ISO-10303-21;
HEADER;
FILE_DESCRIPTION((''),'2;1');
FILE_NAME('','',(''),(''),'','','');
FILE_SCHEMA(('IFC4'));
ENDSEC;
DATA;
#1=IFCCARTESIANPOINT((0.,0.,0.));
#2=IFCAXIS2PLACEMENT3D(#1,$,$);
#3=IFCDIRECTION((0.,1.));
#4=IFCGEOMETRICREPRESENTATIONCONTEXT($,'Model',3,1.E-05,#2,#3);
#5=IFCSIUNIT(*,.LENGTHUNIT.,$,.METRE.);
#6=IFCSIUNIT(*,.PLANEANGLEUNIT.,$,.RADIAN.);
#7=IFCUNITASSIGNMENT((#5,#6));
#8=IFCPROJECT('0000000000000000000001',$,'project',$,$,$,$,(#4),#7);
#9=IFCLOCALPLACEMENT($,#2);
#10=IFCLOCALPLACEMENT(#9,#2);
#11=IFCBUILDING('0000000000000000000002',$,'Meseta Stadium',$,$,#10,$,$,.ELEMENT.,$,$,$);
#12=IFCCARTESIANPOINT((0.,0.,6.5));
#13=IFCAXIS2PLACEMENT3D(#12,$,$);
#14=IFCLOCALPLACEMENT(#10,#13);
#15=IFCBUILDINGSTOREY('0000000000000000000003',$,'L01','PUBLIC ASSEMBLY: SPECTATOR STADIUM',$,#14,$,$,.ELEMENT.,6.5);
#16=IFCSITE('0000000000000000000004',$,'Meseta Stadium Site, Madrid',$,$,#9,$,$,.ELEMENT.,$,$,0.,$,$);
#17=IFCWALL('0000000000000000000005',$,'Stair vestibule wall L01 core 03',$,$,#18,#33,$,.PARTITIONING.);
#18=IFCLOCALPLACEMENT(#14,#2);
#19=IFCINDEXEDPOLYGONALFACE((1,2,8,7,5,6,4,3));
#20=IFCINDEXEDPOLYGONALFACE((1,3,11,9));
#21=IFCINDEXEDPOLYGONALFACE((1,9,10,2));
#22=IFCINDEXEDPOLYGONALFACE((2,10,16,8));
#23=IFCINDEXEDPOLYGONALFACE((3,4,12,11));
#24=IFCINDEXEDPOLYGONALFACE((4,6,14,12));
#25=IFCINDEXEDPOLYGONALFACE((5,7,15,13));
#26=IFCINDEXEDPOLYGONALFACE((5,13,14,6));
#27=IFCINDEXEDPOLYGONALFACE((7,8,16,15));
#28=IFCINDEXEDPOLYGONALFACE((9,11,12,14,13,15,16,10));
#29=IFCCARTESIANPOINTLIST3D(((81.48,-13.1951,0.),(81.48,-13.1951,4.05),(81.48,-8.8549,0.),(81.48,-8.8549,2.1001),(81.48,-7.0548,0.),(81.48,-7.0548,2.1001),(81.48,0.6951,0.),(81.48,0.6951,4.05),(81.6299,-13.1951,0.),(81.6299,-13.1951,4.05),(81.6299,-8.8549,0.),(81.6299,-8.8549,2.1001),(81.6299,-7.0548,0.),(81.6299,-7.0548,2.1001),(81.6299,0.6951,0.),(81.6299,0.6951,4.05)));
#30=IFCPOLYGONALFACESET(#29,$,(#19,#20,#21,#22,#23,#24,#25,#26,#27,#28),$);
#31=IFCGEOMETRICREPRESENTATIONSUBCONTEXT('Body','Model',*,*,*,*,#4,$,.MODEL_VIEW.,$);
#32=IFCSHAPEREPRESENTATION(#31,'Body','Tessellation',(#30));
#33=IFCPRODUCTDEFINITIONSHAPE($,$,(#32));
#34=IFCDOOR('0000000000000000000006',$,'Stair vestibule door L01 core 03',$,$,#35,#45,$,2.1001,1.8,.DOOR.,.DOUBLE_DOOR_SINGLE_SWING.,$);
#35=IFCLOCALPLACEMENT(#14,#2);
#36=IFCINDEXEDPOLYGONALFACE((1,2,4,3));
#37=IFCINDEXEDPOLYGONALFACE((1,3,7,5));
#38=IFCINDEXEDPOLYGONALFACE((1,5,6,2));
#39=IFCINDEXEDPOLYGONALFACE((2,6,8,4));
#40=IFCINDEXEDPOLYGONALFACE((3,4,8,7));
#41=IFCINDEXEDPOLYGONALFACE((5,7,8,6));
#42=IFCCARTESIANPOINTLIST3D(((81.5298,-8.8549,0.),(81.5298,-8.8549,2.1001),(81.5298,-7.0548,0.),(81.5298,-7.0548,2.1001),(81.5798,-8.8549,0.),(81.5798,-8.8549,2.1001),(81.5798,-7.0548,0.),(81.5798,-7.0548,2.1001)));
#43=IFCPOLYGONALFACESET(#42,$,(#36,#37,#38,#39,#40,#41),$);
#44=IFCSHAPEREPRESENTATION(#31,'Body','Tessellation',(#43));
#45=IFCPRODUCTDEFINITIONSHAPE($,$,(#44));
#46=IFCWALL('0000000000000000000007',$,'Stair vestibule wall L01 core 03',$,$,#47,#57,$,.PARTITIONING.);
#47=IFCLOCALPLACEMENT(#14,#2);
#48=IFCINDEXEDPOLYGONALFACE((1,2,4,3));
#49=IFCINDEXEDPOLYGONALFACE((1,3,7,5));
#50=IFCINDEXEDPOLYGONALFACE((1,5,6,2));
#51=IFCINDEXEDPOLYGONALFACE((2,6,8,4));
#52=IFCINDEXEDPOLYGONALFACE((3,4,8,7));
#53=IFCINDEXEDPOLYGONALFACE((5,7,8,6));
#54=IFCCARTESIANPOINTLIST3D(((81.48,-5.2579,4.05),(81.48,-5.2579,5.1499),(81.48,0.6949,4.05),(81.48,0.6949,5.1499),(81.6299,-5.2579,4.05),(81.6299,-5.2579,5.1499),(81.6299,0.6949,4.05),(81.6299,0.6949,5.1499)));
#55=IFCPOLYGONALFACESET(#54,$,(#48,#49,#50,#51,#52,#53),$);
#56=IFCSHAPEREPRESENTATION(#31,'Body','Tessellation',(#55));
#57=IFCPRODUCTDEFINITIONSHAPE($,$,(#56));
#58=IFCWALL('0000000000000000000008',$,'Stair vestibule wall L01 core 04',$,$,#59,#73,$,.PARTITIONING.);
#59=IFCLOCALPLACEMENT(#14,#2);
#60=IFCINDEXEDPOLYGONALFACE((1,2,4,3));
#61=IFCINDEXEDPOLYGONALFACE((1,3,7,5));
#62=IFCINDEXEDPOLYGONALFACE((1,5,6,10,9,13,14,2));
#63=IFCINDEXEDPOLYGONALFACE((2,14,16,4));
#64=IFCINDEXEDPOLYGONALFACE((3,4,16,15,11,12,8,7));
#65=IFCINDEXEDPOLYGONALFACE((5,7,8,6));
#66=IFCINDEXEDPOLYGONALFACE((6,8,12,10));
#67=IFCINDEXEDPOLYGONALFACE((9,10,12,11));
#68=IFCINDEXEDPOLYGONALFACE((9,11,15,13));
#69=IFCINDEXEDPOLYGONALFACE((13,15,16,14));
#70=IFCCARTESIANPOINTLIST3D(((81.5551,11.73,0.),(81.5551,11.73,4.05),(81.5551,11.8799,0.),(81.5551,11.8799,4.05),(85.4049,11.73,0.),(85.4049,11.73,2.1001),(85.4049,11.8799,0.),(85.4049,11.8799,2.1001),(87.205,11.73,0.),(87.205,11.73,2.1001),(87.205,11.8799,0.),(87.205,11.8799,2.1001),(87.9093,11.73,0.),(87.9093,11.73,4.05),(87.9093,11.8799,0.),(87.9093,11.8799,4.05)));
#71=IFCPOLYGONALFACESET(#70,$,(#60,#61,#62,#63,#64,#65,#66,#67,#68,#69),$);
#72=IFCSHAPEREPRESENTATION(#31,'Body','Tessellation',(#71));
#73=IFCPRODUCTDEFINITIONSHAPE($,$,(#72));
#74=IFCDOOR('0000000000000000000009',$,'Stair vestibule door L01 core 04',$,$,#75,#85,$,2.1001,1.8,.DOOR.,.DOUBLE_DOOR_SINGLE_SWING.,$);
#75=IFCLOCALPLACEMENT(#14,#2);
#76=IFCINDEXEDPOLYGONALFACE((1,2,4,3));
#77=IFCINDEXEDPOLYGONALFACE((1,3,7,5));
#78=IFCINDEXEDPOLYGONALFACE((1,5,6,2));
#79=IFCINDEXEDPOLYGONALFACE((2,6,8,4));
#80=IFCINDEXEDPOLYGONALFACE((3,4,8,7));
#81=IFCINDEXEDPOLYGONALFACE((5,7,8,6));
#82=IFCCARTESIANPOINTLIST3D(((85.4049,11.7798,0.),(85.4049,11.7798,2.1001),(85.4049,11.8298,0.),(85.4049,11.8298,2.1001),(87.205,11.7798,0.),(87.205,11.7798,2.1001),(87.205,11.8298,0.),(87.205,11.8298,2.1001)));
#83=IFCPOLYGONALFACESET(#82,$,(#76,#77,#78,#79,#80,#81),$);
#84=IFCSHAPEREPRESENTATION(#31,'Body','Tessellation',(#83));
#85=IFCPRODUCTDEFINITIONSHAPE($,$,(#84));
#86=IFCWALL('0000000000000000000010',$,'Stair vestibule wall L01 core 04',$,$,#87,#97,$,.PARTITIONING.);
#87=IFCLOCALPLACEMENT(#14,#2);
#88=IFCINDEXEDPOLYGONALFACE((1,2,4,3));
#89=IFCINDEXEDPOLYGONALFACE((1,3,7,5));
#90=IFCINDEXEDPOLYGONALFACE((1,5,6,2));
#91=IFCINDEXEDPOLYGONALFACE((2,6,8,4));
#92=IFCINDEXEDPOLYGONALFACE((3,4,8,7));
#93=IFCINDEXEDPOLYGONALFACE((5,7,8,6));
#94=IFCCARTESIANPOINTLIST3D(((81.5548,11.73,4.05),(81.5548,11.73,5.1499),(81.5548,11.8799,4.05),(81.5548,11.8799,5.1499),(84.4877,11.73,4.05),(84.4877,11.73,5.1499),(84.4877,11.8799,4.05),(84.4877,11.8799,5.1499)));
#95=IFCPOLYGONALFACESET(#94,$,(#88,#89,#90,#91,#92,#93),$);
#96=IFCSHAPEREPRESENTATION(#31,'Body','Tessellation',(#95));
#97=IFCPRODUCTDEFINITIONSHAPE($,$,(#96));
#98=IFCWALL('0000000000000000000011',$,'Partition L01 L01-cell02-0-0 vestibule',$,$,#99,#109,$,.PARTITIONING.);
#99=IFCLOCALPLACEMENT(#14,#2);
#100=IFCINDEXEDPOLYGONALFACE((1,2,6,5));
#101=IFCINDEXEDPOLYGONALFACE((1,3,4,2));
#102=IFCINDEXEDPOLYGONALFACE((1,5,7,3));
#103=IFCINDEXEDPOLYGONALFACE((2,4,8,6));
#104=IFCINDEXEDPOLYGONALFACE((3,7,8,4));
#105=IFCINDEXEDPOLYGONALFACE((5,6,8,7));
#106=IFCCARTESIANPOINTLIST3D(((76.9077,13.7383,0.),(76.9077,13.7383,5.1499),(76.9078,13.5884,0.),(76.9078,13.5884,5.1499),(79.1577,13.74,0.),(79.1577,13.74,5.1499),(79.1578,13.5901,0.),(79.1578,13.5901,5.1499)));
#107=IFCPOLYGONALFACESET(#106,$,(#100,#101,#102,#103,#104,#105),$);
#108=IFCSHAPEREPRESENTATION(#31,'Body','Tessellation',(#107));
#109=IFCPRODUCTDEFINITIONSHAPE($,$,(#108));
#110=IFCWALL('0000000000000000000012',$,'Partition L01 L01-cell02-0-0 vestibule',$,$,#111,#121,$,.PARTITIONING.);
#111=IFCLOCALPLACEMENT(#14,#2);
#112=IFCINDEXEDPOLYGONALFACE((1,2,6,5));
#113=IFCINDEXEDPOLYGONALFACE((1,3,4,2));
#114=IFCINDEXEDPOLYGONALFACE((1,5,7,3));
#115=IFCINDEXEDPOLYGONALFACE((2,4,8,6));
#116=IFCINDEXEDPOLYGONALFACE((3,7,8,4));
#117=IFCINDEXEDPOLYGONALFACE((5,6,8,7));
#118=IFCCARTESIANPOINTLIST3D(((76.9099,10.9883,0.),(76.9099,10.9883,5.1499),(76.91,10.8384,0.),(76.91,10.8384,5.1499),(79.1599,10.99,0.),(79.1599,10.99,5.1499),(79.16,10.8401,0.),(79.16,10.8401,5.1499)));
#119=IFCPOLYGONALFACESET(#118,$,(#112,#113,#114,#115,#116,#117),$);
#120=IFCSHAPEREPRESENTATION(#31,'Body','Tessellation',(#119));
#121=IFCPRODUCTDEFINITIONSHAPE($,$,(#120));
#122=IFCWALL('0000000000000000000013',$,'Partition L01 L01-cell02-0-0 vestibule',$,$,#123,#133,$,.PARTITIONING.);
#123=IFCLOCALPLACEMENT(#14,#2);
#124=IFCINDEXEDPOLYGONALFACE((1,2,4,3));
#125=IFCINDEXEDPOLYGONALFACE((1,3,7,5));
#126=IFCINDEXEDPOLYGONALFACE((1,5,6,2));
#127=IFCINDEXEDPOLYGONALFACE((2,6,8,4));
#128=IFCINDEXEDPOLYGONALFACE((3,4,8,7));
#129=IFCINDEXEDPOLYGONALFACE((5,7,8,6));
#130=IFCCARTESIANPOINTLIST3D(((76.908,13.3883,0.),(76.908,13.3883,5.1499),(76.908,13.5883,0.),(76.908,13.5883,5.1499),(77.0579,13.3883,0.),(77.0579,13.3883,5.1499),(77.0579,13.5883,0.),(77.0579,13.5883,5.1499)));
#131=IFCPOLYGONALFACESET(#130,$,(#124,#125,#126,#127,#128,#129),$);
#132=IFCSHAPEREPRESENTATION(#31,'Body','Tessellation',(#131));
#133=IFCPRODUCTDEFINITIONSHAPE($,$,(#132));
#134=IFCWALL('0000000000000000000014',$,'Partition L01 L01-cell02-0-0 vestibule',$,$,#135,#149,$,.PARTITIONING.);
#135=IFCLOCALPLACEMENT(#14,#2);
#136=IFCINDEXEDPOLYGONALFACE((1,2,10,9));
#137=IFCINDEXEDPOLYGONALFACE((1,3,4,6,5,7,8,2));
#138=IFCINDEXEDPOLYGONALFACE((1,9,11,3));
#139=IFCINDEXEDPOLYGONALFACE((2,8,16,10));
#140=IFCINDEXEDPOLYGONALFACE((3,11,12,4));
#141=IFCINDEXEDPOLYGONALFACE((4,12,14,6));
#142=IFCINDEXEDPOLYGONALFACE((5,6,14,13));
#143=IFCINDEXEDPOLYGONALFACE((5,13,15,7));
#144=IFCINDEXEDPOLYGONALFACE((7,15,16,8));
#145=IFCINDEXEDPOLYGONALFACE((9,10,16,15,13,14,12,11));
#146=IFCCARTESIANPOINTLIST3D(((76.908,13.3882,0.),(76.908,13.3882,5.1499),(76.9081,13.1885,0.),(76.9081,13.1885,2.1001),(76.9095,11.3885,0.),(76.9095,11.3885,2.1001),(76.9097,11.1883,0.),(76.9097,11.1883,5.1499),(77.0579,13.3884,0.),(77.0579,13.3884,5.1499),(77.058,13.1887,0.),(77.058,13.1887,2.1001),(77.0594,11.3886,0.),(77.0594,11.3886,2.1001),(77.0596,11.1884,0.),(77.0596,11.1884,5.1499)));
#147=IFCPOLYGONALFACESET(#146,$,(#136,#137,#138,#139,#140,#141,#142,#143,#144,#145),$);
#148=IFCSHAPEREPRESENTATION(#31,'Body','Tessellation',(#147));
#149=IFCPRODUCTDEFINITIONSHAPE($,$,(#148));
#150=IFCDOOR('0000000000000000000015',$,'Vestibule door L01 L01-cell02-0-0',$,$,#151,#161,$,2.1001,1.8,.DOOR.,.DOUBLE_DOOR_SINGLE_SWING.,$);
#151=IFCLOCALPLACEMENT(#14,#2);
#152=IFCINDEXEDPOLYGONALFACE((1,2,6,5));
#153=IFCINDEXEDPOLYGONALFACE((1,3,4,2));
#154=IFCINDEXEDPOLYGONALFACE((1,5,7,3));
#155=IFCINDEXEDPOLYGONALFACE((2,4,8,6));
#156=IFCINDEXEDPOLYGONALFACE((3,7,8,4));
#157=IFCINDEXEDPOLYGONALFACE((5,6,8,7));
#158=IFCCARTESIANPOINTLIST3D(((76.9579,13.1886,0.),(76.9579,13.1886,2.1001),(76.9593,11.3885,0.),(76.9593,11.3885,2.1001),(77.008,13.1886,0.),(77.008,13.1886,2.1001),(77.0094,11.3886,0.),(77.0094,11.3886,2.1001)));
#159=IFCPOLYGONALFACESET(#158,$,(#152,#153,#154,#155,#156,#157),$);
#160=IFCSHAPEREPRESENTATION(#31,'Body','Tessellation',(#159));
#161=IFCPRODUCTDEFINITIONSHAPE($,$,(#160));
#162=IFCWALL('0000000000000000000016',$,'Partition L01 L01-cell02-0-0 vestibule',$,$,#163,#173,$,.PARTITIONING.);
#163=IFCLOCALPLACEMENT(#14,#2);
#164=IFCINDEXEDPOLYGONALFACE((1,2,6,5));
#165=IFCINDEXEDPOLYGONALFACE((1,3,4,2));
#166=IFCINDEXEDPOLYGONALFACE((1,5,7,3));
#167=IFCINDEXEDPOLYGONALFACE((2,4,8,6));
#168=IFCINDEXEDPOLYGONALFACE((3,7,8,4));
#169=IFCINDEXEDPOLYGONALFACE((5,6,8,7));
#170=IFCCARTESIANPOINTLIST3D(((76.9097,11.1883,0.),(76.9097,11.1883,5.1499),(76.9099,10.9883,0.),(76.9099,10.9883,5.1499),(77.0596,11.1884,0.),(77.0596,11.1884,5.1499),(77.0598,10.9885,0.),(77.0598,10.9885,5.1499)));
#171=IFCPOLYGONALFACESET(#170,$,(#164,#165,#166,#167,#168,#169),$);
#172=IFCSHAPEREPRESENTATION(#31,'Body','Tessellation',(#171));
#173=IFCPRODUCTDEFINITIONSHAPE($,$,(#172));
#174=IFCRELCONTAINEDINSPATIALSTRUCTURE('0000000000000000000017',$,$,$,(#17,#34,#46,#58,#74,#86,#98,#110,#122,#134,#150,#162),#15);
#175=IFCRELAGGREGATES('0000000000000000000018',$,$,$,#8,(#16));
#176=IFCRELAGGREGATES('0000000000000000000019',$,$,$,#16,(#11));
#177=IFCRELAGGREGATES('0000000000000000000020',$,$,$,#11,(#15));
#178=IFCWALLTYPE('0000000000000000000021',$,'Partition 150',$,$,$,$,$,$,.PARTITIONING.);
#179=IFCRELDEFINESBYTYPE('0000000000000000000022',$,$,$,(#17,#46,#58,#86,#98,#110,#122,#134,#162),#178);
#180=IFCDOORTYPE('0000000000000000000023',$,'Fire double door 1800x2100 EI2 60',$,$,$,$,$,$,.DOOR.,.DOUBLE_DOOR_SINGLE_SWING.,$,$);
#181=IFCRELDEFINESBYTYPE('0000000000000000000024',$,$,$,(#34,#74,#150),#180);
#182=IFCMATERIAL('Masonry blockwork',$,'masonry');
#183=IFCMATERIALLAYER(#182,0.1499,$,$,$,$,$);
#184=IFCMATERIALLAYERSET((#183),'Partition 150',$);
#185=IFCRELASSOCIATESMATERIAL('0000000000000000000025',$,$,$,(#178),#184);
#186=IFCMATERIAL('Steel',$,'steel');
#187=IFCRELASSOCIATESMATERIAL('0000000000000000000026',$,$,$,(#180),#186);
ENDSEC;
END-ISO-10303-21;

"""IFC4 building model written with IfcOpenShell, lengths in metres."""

from ifc_helpers import new_model, si_unit, direction, frame, frame_2d, origin, place, context, subcontext, project, spatial, rectangle, extrude, material, layer, layer_set, type_object, element, fill, save


model = new_model("IFC4")

# Units and contexts
model_context = context("Model", 3, precision=1e-05, world=origin(), true_north=direction((0.0, 1.0)))
body_context = subcontext(model_context, "Body", "Model", "MODEL_VIEW")
ifc_project = project(units=[si_unit("LENGTHUNIT", "METRE"), si_unit("PLANEANGLEUNIT", "RADIAN")], contexts=[model_context])

# Site, building, storey
site_placement = place(None, origin())
site = spatial("IfcSite", under=ifc_project, at=site_placement, Name="Meseta Stadium Site, Madrid", CompositionType="ELEMENT", RefElevation=0.0)
building_placement = place(site_placement, origin())
building = spatial("IfcBuilding", under=site, at=building_placement, Name="Meseta Stadium", CompositionType="ELEMENT")
storey_placement = place(building_placement, frame((0.0, 0.0, 6.5)))
storey = spatial("IfcBuildingStorey", under=building, at=storey_placement, Name="L01", Description="PUBLIC ASSEMBLY: SPECTATOR STADIUM", CompositionType="ELEMENT", Elevation=6.5)

# Shared definitions
ifc_material_1 = material(Name="Masonry blockwork", Category="masonry")
ifc_layer = layer(ifc_material_1, 0.1499)
ifc_layer_set = layer_set([ifc_layer], Name="Partition 150")
wall_type = type_object("IfcWallType", Name="Partition 150", PredefinedType="PARTITIONING", material=ifc_layer_set)

# Wall, opening, door
wall_1_placement = place(storey_placement, frame((81.5549, 0.6951, 0.0), z_axis=(0.0, 0.0, 1.0), x_axis=(0.0, -1.0, 0.0)))
wall_1 = element("IfcWall", 1, at=wall_1_placement, inside=storey, type_object=wall_type, Name="Stair vestibule wall L01 core 03", PredefinedType="PARTITIONING", context=body_context, shape_type="SweptSolid", body=[
    extrude(rectangle(XDim=13.8901, YDim=0.1499, at=frame_2d((6.9451, 0.0))), origin(), (0.0, 0.0, 1.0), 4.05),
])
opening_1_placement = place(wall_1_placement, frame((7.75, 0.0, 0.0)))
opening_1 = element("IfcOpeningElement", 2, at=opening_1_placement, cuts=wall_1, PredefinedType="OPENING", context=body_context, shape_type="SweptSolid", body=[
    extrude(rectangle(XDim=1.8, YDim=2.1001, at=frame_2d((0.8999, 1.05))), frame((0.0, 0.085, 0.0), z_axis=(0.0, -1.0, 0.0), x_axis=(1.0, 0.0, 0.0)), (0.0, 0.0, 1.0), 0.1699),
])
ifc_material_2 = material(Name="Steel", Category="steel")
door_type = type_object("IfcDoorType", Name="Fire double door 1800x2100 EI2 60", OperationType="DOUBLE_DOOR_SINGLE_SWING", PredefinedType="DOOR", material=ifc_material_2)
door_1_placement = place(opening_1_placement, origin())
door_1 = element("IfcDoor", 3, at=door_1_placement, inside=storey, type_object=door_type, Name="Stair vestibule door L01 core 03", OperationType="DOUBLE_DOOR_SINGLE_SWING", OverallHeight=2.1001, OverallWidth=1.8, PredefinedType="DOOR", context=body_context, shape_type="SweptSolid", body=[
    extrude(rectangle(XDim=1.8, YDim=2.1001, at=frame_2d((0.8999, 1.05))), frame((0.0, 0.0249, 0.0), z_axis=(0.0, -1.0, 0.0), x_axis=(1.0, 0.0, 0.0)), (0.0, 0.0, 1.0), 0.05),
])
fill(opening_1, door_1)

# Wall
wall_2_placement = place(storey_placement, frame((81.5549, 0.6951, 4.05), z_axis=(0.0, 0.0, 1.0), x_axis=(0.0, -1.0, 0.0)))
element("IfcWall", 4, at=wall_2_placement, inside=storey, type_object=wall_type, Name="Stair vestibule wall L01 core 03", PredefinedType="PARTITIONING", context=body_context, shape_type="SweptSolid", body=[
    extrude(rectangle(XDim=5.9529, YDim=0.1499, at=frame_2d((2.9766, 0.0))), origin(), (0.0, 0.0, 1.0), 1.0999),
])

# Wall, opening, door
wall_3_placement = place(storey_placement, frame((81.5549, 11.8049, 0.0), z_axis=(0.0, 0.0, 1.0), x_axis=(1.0, 0.0, 0.0)))
wall_3 = element("IfcWall", 5, at=wall_3_placement, inside=storey, type_object=wall_type, Name="Stair vestibule wall L01 core 04", PredefinedType="PARTITIONING", context=body_context, shape_type="SweptSolid", body=[
    extrude(rectangle(XDim=6.3542, YDim=0.1499, at=frame_2d((3.1772, 0.0))), origin(), (0.0, 0.0, 1.0), 4.05),
])
opening_2_placement = place(wall_3_placement, frame((3.8501, 0.0, 0.0)))
opening_2 = element("IfcOpeningElement", 6, at=opening_2_placement, cuts=wall_3, PredefinedType="OPENING", context=body_context, shape_type="SweptSolid", body=[
    extrude(rectangle(XDim=1.8, YDim=2.1001, at=frame_2d((0.8999, 1.05))), frame((0.0, 0.085, 0.0), z_axis=(0.0, -1.0, 0.0), x_axis=(1.0, 0.0, 0.0)), (0.0, 0.0, 1.0), 0.1699),
])
door_2_placement = place(opening_2_placement, origin())
door_2 = element("IfcDoor", 7, at=door_2_placement, inside=storey, type_object=door_type, Name="Stair vestibule door L01 core 04", OperationType="DOUBLE_DOOR_SINGLE_SWING", OverallHeight=2.1001, OverallWidth=1.8, PredefinedType="DOOR", context=body_context, shape_type="SweptSolid", body=[
    extrude(rectangle(XDim=1.8, YDim=2.1001, at=frame_2d((0.8999, 1.05))), frame((0.0, 0.0249, 0.0), z_axis=(0.0, -1.0, 0.0), x_axis=(1.0, 0.0, 0.0)), (0.0, 0.0, 1.0), 0.05),
])
fill(opening_2, door_2)

# Walls
wall_4_placement = place(storey_placement, frame((81.5549, 11.8049, 4.05), z_axis=(0.0, 0.0, 1.0), x_axis=(1.0, 0.0, 0.0)))
element("IfcWall", 8, at=wall_4_placement, inside=storey, type_object=wall_type, Name="Stair vestibule wall L01 core 04", PredefinedType="PARTITIONING", context=body_context, shape_type="SweptSolid", body=[
    extrude(rectangle(XDim=2.9329, YDim=0.1499, at=frame_2d((1.4663, 0.0))), origin(), (0.0, 0.0, 1.0), 1.0999),
])
for number, where, z_axis, x_axis, name in (
    (9, (79.1577, 13.665, 0.0), (0.0, 0.0, 1.0), (-1.0, -0.00076, 0.0), "Partition L01 L01-cell02-0-0 vestibule"),
    (10, (79.1599, 10.915, 0.0), (0.0, 0.0, 1.0), (-1.0, -0.00076, 0.0), "Partition L01 L01-cell02-0-0 vestibule"),
):
    element("IfcWall", number, at=place(storey_placement, frame(where, z_axis=z_axis, x_axis=x_axis)), inside=storey, type_object=wall_type, Name=name, PredefinedType="PARTITIONING", context=body_context, shape_type="SweptSolid", body=[
        extrude(rectangle(XDim=2.25, YDim=0.1499, at=frame_2d((1.125, 0.0))), origin(), (0.0, 0.0, 1.0), 5.1499),
    ])
wall_5_placement = place(storey_placement, frame((76.9829, 13.5884, 0.0), z_axis=(0.0, 0.0, 1.0), x_axis=(0.0, -1.0, 0.0)))
element("IfcWall", 11, at=wall_5_placement, inside=storey, type_object=wall_type, Name="Partition L01 L01-cell02-0-0 vestibule", PredefinedType="PARTITIONING", context=body_context, shape_type="SweptSolid", body=[
    extrude(rectangle(XDim=0.2, YDim=0.1499, at=frame_2d((0.1001, 0.0))), origin(), (0.0, 0.0, 1.0), 5.1499),
])

# Wall, opening, door
wall_6_placement = place(storey_placement, frame((76.9829, 13.3884, 0.0), z_axis=(0.0, 0.0, 1.0), x_axis=(0.000777, -1.0, 0.0)))
wall_6 = element("IfcWall", 12, at=wall_6_placement, inside=storey, type_object=wall_type, Name="Partition L01 L01-cell02-0-0 vestibule", PredefinedType="PARTITIONING", context=body_context, shape_type="SweptSolid", body=[
    extrude(rectangle(XDim=2.2, YDim=0.1499, at=frame_2d((1.1001, 0.0))), origin(), (0.0, 0.0, 1.0), 5.1499),
])
opening_3_placement = place(wall_6_placement, frame((0.2, 0.0, 0.0)))
opening_3 = element("IfcOpeningElement", 13, at=opening_3_placement, cuts=wall_6, PredefinedType="OPENING", context=body_context, shape_type="SweptSolid", body=[
    extrude(rectangle(XDim=1.8, YDim=2.1001, at=frame_2d((0.8999, 1.05))), frame((0.0, 0.085, 0.0), z_axis=(0.0, -1.0, 0.0), x_axis=(1.0, 0.0, 0.0)), (0.0, 0.0, 1.0), 0.1699),
])
door_3_placement = place(opening_3_placement, origin())
door_3 = element("IfcDoor", 14, at=door_3_placement, inside=storey, type_object=door_type, Name="Vestibule door L01 L01-cell02-0-0", OperationType="DOUBLE_DOOR_SINGLE_SWING", OverallHeight=2.1001, OverallWidth=1.8, PredefinedType="DOOR", context=body_context, shape_type="SweptSolid", body=[
    extrude(rectangle(XDim=1.8, YDim=2.1001, at=frame_2d((0.8999, 1.05))), frame((0.0, 0.0249, 0.0), z_axis=(0.0, -1.0, 0.0), x_axis=(1.0, 0.0, 0.0)), (0.0, 0.0, 1.0), 0.05),
])
fill(opening_3, door_3)

# Wall
wall_7_placement = place(storey_placement, frame((76.9846, 11.1885, 0.0), z_axis=(0.0, 0.0, 1.0), x_axis=(0.001221, -0.999999, 0.0)))
element("IfcWall", 15, at=wall_7_placement, inside=storey, type_object=wall_type, Name="Partition L01 L01-cell02-0-0 vestibule", PredefinedType="PARTITIONING", context=body_context, shape_type="SweptSolid", body=[
    extrude(rectangle(XDim=0.2, YDim=0.1499, at=frame_2d((0.1001, 0.0))), origin(), (0.0, 0.0, 1.0), 5.1499),
])

save(model, "model.ifc")
